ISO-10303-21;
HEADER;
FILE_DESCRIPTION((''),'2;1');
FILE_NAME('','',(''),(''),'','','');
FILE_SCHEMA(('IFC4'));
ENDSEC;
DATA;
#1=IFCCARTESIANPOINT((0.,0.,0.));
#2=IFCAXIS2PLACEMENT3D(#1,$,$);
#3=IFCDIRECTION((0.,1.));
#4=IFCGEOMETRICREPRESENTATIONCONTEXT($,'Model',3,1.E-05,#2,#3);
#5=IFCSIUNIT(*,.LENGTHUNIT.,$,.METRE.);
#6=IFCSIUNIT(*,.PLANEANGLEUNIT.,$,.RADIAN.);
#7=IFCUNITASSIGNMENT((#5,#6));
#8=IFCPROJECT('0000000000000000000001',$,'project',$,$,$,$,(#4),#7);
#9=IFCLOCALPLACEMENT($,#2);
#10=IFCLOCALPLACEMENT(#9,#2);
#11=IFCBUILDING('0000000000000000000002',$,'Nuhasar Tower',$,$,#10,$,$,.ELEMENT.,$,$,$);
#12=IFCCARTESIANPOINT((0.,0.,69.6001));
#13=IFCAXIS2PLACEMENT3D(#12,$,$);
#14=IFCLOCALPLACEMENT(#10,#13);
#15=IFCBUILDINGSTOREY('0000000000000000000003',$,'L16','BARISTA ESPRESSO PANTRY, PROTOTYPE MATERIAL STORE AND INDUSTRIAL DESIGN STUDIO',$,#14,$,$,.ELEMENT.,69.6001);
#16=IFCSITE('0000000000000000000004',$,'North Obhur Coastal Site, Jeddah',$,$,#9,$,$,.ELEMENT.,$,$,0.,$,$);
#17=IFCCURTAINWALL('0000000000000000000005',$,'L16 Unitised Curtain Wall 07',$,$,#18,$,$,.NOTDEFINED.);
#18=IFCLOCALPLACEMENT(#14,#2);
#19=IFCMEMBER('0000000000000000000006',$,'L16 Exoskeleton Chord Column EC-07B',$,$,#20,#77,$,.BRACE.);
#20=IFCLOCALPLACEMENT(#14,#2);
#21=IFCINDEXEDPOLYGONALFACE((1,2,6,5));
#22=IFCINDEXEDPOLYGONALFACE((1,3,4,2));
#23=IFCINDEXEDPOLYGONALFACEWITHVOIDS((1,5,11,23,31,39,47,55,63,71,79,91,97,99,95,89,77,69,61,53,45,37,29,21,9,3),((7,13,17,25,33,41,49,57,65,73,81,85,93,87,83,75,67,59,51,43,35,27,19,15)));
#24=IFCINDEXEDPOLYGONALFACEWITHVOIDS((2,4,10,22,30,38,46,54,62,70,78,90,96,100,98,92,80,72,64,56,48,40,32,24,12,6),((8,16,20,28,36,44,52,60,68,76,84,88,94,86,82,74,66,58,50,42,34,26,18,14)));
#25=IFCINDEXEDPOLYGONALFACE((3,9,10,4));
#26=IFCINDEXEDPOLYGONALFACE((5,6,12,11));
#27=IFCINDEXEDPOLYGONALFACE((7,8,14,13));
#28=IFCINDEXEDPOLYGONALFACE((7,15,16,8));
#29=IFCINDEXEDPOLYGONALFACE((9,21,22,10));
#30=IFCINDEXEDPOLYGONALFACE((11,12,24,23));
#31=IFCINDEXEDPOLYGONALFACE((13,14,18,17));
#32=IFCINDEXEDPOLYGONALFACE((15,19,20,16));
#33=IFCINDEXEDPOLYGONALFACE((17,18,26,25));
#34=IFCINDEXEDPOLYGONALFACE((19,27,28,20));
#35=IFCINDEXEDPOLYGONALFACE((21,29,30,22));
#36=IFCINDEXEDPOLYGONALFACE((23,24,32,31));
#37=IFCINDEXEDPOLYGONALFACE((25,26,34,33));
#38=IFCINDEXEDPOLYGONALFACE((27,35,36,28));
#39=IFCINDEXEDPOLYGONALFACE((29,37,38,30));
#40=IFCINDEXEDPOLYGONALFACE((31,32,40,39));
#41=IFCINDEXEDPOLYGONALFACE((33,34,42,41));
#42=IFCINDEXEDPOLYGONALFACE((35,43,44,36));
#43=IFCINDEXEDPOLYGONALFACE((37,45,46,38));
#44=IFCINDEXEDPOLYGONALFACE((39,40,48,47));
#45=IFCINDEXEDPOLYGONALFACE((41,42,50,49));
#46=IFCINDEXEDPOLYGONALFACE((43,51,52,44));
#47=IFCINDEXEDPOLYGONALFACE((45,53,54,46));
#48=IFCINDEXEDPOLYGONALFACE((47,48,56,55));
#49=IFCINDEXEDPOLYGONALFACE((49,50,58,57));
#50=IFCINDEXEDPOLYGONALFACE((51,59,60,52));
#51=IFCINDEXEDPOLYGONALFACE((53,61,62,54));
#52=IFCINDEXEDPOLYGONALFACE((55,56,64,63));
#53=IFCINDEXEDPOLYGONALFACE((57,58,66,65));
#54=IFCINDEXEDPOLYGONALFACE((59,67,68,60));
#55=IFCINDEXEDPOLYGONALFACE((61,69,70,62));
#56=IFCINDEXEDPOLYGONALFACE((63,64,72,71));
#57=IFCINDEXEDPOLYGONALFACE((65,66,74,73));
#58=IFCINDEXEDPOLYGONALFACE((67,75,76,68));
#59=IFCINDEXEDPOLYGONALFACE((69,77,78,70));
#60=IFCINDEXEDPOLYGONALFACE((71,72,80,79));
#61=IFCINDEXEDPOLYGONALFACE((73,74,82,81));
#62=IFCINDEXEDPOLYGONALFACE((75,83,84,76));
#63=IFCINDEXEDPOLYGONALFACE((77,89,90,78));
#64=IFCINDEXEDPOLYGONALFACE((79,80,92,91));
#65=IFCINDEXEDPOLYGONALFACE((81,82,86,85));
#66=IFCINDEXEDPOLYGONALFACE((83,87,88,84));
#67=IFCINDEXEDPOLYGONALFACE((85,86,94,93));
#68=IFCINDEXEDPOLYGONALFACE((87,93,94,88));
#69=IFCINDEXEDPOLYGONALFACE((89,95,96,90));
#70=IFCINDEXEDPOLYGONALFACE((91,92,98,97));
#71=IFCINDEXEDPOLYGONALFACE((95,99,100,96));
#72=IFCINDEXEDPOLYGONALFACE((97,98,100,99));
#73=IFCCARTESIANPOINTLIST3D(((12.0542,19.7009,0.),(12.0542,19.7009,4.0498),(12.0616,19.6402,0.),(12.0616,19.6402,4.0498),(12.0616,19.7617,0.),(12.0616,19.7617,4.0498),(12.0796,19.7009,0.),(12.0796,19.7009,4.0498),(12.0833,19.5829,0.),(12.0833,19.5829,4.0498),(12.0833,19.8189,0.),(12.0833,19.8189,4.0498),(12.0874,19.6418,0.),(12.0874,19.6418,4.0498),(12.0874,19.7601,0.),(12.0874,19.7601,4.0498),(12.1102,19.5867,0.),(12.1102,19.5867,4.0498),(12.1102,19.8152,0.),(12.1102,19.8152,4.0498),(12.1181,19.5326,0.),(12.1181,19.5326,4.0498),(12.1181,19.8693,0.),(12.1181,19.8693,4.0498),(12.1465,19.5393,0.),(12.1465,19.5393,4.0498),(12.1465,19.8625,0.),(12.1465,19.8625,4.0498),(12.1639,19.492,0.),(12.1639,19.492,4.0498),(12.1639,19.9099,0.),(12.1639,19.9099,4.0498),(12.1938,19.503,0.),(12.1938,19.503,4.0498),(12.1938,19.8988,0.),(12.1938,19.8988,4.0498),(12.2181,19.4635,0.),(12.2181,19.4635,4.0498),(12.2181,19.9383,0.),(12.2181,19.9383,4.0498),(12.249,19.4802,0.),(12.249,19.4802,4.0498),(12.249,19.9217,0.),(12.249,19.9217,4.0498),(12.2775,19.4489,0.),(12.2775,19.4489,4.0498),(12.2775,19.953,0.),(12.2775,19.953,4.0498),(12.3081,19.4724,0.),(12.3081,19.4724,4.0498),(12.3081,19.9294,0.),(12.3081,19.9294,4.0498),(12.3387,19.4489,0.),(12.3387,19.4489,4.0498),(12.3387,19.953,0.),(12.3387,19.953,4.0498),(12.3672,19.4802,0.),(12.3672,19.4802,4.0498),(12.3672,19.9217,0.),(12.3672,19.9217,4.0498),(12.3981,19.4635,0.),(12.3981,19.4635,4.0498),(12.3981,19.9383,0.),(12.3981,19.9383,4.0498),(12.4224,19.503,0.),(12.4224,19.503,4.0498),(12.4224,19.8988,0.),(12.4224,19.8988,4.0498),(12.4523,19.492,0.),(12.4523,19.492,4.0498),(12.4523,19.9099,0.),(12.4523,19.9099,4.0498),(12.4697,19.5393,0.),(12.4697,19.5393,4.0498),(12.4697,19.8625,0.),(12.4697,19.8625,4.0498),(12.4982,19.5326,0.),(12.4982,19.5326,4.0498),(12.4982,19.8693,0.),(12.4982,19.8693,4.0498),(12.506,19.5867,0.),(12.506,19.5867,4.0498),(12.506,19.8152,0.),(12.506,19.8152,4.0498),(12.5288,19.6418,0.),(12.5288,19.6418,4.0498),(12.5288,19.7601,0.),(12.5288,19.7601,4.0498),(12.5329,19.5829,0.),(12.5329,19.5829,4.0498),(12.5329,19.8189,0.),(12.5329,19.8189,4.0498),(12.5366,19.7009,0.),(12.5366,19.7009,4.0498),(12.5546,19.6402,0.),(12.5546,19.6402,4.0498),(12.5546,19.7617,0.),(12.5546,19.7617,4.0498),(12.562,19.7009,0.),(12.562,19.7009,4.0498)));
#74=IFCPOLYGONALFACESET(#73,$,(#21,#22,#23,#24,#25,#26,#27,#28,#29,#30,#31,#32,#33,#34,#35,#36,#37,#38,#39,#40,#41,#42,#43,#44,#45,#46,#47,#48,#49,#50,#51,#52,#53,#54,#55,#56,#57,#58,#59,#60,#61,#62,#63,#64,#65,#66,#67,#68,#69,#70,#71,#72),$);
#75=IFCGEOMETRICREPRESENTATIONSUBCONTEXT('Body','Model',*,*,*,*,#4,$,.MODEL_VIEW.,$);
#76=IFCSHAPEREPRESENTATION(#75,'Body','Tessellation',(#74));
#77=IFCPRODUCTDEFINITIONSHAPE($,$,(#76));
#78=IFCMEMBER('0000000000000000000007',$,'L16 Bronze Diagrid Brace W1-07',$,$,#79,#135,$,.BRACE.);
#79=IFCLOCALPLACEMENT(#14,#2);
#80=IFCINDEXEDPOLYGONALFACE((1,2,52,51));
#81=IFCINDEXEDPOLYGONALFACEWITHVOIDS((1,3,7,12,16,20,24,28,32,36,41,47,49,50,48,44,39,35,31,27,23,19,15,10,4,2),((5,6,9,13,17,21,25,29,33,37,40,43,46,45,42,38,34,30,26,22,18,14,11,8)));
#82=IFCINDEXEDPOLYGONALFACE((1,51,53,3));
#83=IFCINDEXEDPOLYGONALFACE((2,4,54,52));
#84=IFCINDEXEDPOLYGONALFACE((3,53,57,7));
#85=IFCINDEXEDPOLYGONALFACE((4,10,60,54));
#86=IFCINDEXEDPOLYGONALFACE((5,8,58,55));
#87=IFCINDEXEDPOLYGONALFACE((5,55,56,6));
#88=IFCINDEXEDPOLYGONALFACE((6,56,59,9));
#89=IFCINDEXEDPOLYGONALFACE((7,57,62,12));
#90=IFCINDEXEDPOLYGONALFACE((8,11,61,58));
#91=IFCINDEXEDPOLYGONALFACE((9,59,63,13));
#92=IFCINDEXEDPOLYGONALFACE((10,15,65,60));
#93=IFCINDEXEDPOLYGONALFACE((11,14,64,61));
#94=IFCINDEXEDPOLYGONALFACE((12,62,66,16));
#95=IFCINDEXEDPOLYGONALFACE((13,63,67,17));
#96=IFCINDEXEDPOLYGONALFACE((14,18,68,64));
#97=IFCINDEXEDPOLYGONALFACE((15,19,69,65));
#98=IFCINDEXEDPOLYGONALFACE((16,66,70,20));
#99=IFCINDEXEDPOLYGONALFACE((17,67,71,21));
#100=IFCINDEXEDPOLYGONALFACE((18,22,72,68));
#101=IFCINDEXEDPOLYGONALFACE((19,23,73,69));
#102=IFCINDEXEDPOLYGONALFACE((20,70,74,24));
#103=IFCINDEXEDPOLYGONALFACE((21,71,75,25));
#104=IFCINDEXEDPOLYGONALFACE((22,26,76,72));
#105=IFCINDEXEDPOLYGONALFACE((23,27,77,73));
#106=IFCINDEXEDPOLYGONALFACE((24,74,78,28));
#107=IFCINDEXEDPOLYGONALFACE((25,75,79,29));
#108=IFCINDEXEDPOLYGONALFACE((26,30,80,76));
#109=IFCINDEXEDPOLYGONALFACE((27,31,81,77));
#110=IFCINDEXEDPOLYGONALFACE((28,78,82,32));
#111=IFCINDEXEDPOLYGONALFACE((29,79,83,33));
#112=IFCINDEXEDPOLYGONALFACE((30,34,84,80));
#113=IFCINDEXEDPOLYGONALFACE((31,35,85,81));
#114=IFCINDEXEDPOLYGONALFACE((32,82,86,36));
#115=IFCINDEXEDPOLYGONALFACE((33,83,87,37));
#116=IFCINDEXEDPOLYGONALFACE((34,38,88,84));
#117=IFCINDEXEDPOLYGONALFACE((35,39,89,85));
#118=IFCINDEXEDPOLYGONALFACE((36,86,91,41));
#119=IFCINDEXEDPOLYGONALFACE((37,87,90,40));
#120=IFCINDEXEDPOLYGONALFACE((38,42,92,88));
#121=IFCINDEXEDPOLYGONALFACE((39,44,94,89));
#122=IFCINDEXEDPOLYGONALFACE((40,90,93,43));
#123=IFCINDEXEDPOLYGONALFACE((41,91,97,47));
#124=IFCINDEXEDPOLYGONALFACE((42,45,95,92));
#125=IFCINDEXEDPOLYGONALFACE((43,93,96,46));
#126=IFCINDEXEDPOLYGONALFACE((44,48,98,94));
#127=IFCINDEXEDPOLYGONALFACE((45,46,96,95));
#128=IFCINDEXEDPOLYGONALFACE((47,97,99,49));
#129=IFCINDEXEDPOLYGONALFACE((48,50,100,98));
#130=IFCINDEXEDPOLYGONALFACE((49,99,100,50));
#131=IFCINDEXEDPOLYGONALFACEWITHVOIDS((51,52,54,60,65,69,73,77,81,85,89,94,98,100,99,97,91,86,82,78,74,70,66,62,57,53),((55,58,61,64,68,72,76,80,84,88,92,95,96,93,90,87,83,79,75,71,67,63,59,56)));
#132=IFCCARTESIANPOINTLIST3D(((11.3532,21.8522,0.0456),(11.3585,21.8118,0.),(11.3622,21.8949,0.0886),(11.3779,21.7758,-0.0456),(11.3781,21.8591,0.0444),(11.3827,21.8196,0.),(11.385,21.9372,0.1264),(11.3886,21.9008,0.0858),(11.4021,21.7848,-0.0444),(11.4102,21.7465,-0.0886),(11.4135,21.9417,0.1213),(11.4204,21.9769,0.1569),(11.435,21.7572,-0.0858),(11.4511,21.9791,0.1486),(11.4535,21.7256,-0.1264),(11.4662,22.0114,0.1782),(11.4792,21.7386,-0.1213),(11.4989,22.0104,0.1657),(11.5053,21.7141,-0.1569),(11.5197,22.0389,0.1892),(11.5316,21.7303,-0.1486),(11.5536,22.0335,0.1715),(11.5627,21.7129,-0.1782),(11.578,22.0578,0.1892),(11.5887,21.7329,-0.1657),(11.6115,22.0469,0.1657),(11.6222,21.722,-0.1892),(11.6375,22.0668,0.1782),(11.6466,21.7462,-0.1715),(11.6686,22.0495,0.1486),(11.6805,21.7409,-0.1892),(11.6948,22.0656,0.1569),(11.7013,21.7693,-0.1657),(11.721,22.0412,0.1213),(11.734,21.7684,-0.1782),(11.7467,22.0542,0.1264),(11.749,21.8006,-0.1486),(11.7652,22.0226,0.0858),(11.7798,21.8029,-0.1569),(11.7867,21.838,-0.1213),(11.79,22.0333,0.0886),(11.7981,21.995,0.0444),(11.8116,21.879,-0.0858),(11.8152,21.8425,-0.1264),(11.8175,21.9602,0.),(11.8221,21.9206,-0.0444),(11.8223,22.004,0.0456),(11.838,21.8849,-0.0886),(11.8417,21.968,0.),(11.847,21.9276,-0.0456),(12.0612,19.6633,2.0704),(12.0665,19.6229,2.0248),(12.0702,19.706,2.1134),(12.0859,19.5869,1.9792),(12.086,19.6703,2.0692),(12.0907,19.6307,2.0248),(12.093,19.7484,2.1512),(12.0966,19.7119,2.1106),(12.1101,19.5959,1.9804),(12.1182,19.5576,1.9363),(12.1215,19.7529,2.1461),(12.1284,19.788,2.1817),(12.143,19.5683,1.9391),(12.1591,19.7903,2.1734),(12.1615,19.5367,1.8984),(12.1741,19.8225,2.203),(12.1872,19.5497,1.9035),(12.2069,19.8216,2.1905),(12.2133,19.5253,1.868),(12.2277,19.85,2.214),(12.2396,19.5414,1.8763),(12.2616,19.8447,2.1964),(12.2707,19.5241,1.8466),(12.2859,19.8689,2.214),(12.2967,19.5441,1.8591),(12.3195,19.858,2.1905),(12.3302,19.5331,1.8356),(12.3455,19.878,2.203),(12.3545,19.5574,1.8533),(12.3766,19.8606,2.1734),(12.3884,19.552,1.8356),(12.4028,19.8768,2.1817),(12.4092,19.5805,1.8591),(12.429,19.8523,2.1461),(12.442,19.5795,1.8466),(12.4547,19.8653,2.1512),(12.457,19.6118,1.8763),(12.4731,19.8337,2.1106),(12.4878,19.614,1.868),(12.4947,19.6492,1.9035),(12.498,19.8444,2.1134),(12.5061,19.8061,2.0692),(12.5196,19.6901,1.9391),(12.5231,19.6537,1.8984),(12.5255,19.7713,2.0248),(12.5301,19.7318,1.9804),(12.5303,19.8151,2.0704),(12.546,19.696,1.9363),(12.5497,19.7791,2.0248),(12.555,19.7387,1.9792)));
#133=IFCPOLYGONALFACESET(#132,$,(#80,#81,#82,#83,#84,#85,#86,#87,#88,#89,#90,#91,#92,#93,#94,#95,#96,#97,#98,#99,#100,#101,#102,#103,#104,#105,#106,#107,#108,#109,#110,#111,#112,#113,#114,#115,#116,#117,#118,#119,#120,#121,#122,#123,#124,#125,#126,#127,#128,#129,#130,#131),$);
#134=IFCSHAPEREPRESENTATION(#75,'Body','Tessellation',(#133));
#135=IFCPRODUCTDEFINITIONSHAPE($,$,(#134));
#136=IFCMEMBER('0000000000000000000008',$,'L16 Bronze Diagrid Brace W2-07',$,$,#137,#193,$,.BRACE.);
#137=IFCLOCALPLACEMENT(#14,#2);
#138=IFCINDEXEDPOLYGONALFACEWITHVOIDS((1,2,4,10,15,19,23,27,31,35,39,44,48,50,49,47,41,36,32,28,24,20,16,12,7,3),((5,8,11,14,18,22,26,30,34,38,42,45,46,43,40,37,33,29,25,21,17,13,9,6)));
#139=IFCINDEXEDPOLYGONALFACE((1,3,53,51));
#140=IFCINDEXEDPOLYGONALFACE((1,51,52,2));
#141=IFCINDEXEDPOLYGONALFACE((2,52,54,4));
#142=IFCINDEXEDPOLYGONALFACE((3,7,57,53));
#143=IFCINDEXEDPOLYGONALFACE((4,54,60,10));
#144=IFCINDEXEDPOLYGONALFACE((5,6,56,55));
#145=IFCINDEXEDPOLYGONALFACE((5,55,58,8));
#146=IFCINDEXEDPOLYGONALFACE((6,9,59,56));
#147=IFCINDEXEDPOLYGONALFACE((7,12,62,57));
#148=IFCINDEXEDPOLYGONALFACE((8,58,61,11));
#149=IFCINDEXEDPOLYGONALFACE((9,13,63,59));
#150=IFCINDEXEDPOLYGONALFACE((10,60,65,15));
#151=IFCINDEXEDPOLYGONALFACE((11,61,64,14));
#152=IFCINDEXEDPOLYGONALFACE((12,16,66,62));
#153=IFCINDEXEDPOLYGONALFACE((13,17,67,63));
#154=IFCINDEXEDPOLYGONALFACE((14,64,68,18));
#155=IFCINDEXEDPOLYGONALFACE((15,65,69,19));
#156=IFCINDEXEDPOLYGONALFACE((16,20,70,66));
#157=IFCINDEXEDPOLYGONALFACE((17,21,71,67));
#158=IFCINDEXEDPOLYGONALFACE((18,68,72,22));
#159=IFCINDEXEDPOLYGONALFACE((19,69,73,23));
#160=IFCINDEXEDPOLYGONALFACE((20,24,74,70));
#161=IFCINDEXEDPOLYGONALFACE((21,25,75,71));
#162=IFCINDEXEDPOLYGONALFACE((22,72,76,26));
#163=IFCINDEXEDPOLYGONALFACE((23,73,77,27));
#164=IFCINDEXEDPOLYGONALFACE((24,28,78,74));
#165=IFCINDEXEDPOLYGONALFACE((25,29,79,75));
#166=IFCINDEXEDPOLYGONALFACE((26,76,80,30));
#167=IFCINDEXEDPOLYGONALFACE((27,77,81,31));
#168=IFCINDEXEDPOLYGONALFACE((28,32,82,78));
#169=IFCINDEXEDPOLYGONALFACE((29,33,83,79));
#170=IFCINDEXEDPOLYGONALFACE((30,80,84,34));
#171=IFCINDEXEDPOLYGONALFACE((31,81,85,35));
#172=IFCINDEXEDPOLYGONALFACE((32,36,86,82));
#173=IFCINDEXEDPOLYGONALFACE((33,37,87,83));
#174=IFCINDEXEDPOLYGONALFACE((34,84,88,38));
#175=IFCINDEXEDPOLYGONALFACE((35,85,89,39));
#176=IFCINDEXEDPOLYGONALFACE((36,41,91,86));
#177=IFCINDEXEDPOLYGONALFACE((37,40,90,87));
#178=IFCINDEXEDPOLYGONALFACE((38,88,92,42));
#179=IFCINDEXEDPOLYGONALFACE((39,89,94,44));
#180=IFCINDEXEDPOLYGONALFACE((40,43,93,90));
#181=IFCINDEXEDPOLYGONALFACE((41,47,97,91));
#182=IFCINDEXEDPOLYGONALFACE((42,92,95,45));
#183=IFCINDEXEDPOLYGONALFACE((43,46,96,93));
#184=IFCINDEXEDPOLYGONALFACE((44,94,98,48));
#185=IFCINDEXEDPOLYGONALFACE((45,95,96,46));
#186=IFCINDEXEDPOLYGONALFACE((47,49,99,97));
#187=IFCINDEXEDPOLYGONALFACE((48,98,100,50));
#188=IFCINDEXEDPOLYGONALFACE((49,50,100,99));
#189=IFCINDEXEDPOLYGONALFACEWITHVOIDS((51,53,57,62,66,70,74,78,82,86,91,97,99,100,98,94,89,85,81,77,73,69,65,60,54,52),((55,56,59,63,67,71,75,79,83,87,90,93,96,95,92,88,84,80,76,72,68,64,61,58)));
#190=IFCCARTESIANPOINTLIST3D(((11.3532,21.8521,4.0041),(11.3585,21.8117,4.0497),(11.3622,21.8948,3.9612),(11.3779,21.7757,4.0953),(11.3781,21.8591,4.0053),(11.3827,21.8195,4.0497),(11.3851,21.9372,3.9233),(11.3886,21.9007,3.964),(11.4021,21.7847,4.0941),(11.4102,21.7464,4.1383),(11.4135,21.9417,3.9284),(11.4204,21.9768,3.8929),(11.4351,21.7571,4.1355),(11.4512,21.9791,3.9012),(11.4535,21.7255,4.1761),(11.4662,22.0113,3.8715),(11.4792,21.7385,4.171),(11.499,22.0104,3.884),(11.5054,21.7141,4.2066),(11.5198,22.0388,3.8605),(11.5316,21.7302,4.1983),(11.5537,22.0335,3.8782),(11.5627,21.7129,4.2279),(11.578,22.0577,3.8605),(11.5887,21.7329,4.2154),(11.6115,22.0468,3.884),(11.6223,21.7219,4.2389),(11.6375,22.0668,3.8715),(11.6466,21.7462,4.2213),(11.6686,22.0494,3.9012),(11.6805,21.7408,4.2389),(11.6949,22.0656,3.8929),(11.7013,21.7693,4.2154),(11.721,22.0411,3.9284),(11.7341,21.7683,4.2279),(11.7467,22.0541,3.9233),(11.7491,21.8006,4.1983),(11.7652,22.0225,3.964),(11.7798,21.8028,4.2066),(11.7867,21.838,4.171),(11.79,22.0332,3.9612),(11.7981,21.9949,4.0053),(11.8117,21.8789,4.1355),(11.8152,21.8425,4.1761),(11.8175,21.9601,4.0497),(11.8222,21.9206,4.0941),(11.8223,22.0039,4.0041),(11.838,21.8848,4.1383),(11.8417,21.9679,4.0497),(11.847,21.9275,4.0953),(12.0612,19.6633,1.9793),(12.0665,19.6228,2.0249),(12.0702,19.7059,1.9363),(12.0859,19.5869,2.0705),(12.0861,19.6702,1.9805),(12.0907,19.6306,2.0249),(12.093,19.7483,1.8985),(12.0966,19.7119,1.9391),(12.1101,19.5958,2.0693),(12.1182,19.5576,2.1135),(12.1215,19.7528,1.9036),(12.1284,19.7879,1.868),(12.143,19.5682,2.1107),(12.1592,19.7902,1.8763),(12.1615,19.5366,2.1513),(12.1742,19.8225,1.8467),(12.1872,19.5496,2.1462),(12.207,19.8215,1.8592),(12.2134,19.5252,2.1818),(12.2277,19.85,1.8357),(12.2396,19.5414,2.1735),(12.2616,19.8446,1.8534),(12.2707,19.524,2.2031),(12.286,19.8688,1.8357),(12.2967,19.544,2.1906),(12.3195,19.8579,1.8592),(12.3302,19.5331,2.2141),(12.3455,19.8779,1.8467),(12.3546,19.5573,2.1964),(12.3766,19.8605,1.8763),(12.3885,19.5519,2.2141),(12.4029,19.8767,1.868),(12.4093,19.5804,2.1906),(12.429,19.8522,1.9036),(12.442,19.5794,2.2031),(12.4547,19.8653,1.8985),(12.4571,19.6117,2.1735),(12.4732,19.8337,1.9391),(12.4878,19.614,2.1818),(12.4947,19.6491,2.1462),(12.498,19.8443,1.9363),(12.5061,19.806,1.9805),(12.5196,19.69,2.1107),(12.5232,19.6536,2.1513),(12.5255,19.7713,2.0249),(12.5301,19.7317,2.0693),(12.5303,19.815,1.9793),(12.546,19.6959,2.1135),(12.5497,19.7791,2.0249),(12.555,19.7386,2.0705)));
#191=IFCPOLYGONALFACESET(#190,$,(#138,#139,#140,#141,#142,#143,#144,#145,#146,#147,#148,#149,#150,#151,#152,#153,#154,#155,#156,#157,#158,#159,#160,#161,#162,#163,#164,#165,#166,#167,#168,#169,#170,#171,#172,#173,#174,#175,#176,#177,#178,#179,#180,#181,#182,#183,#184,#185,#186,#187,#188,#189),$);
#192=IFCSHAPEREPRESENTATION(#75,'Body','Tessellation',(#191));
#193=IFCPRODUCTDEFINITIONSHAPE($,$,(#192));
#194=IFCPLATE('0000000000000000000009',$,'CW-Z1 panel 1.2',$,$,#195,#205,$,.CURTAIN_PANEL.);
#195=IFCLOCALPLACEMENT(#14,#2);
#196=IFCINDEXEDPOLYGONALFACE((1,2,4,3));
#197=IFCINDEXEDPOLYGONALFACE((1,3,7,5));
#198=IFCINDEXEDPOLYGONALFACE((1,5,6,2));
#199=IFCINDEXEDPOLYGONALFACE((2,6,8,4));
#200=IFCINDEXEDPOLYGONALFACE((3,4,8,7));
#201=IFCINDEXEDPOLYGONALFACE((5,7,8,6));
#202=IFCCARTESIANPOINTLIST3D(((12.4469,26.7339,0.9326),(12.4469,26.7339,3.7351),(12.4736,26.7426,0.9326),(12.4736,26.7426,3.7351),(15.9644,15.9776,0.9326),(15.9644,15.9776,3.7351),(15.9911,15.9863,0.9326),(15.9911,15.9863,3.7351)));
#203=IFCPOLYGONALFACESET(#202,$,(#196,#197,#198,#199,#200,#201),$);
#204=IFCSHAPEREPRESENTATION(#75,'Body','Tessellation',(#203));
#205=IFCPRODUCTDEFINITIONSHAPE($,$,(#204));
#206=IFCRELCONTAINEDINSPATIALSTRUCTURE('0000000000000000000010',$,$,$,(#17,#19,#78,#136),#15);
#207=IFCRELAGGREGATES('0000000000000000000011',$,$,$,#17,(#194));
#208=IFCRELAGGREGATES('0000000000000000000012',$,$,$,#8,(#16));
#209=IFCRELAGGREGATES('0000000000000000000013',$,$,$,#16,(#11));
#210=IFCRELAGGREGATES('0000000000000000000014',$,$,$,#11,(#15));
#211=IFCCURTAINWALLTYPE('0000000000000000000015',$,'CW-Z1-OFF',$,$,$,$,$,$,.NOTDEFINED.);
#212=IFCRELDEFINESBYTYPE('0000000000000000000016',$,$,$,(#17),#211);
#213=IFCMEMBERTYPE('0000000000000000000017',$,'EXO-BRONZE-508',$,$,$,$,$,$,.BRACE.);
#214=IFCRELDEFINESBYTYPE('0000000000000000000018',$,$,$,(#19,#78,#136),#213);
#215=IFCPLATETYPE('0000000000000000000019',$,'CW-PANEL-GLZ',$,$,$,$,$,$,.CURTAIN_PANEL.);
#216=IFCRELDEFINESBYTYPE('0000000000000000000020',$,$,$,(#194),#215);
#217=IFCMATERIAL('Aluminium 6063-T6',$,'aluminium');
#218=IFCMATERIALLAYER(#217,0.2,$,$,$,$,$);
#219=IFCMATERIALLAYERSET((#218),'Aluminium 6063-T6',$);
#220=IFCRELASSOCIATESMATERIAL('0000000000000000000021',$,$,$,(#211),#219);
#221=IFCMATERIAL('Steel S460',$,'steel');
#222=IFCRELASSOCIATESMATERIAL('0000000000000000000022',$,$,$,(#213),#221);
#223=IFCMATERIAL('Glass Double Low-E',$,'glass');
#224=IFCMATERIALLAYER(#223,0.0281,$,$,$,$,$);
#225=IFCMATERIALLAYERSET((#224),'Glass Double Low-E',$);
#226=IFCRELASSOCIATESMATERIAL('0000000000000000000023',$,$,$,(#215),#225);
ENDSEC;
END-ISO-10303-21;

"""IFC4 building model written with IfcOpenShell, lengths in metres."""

from ifc_helpers import new_model, si_unit, direction, frame, origin, origin_2d, place, context, subcontext, project, spatial, rectangle, hollow_circle, extrude, material, layer, layer_set, material_profile, profile_set, type_object, element, aggregate, save


model = new_model("IFC4")

# Units and contexts
model_context = context("Model", 3, precision=1e-05, world=origin(), true_north=direction((0.0, 1.0)))
body_context = subcontext(model_context, "Body", "Model", "MODEL_VIEW")
ifc_project = project(units=[si_unit("LENGTHUNIT", "METRE"), si_unit("PLANEANGLEUNIT", "RADIAN")], contexts=[model_context])

# Site, building, storey
site_placement = place(None, origin())
site = spatial("IfcSite", under=ifc_project, at=site_placement, Name="North Obhur Coastal Site, Jeddah", CompositionType="ELEMENT", RefElevation=0.0)
building_placement = place(site_placement, origin())
building = spatial("IfcBuilding", under=site, at=building_placement, Name="Nuhasar Tower", CompositionType="ELEMENT")
storey_placement = place(building_placement, frame((0.0, 0.0, 69.6001)))
storey = spatial("IfcBuildingStorey", under=building, at=storey_placement, Name="L16", Description="BARISTA ESPRESSO PANTRY, PROTOTYPE MATERIAL STORE AND INDUSTRIAL DESIGN STUDIO", CompositionType="ELEMENT", Elevation=69.6001)

# Curtain wall
ifc_material_1 = material(Name="Aluminium 6063-T6", Category="aluminium")
ifc_layer_1 = layer(ifc_material_1, 0.2)
ifc_layer_set_1 = layer_set([ifc_layer_1], Name="Aluminium 6063-T6")
curtain_wall_type = type_object("IfcCurtainWallType", Name="CW-Z1-OFF", PredefinedType="NOTDEFINED", material=ifc_layer_set_1)
curtain_wall_1_placement = place(storey_placement, origin())
curtain_wall_1 = element("IfcCurtainWall", 1, at=curtain_wall_1_placement, inside=storey, type_object=curtain_wall_type, Name="L16 Unitised Curtain Wall 07", PredefinedType="NOTDEFINED")

# Members
ifc_material_2 = material(Name="Steel S460", Category="steel")
ifc_material_profile_1 = material_profile(ifc_material_2, hollow_circle(Radius=0.2539, WallThickness=0.0254, at=origin_2d()), Name="HSS508X25.4")
ifc_profile_set_1 = profile_set([ifc_material_profile_1], Name="Steel S460")
member_type_1 = type_object("IfcMemberType", Name="EXO-BRONZE-508", PredefinedType="BRACE", material=ifc_profile_set_1)
for number, where, z_axis, x_axis, name in (
    (2, (12.3081, 19.7009, 0.0), (0.0, 0.0, 1.0), (1.0, 0.0, 0.0), "L16 Exoskeleton Chord Column EC-07B"),
):
    element("IfcMember", number, at=place(storey_placement, frame(where, z_axis=z_axis, x_axis=x_axis)), inside=storey, type_object=member_type_1, Name=name, PredefinedType="BRACE", context=body_context, shape_type="SweptSolid", body=[
        extrude(hollow_circle(Radius=0.2539, WallThickness=0.0254, at=origin_2d()), origin(), (0.0, 0.0, 1.0), 4.0498),
    ])
for number, where, z_axis, x_axis, name in (
    (3, (11.6001, 21.8899, 0.0), (0.231012, -0.714225, 0.660694), (0.951468, 0.307747, 0.0), "L16 Bronze Diagrid Brace W1-07"),
    (4, (12.3081, 19.7009, 2.0249), (-0.231012, 0.714225, 0.660694), (-0.951468, -0.307747, 0.0), "L16 Bronze Diagrid Brace W2-07"),
):
    element("IfcMember", number, at=place(storey_placement, frame(where, z_axis=z_axis, x_axis=x_axis)), inside=storey, type_object=member_type_1, Name=name, PredefinedType="BRACE", context=body_context, shape_type="SweptSolid", body=[
        extrude(hollow_circle(Radius=0.2539, WallThickness=0.0254, at=origin_2d()), origin(), (0.0, 0.0, 1.0), 3.0647),
    ])

# Plate
ifc_material_3 = material(Name="Glass Double Low-E", Category="glass")
ifc_layer_2 = layer(ifc_material_3, 0.0281)
ifc_layer_set_2 = layer_set([ifc_layer_2], Name="Glass Double Low-E")
plate_type_1 = type_object("IfcPlateType", Name="CW-PANEL-GLZ", PredefinedType="CURTAIN_PANEL", material=ifc_layer_set_2)
plate_1_placement = place(storey_placement, frame((14.219, 21.3601, 0.9326), z_axis=(0.0, 0.0, 1.0), x_axis=(0.310824, -0.950468, 0.0)))
plate_1 = element("IfcPlate", 5, at=plate_1_placement, type_object=plate_type_1, Name="CW-Z1 panel 1.2", PredefinedType="CURTAIN_PANEL", context=body_context, shape_type="SweptSolid", body=[
    extrude(rectangle(XDim=11.3169, YDim=0.0281, at=origin_2d()), origin(), (0.0, 0.0, 1.0), 2.8025),
])
aggregate(curtain_wall_1, [plate_1])

save(model, "model.ifc")
